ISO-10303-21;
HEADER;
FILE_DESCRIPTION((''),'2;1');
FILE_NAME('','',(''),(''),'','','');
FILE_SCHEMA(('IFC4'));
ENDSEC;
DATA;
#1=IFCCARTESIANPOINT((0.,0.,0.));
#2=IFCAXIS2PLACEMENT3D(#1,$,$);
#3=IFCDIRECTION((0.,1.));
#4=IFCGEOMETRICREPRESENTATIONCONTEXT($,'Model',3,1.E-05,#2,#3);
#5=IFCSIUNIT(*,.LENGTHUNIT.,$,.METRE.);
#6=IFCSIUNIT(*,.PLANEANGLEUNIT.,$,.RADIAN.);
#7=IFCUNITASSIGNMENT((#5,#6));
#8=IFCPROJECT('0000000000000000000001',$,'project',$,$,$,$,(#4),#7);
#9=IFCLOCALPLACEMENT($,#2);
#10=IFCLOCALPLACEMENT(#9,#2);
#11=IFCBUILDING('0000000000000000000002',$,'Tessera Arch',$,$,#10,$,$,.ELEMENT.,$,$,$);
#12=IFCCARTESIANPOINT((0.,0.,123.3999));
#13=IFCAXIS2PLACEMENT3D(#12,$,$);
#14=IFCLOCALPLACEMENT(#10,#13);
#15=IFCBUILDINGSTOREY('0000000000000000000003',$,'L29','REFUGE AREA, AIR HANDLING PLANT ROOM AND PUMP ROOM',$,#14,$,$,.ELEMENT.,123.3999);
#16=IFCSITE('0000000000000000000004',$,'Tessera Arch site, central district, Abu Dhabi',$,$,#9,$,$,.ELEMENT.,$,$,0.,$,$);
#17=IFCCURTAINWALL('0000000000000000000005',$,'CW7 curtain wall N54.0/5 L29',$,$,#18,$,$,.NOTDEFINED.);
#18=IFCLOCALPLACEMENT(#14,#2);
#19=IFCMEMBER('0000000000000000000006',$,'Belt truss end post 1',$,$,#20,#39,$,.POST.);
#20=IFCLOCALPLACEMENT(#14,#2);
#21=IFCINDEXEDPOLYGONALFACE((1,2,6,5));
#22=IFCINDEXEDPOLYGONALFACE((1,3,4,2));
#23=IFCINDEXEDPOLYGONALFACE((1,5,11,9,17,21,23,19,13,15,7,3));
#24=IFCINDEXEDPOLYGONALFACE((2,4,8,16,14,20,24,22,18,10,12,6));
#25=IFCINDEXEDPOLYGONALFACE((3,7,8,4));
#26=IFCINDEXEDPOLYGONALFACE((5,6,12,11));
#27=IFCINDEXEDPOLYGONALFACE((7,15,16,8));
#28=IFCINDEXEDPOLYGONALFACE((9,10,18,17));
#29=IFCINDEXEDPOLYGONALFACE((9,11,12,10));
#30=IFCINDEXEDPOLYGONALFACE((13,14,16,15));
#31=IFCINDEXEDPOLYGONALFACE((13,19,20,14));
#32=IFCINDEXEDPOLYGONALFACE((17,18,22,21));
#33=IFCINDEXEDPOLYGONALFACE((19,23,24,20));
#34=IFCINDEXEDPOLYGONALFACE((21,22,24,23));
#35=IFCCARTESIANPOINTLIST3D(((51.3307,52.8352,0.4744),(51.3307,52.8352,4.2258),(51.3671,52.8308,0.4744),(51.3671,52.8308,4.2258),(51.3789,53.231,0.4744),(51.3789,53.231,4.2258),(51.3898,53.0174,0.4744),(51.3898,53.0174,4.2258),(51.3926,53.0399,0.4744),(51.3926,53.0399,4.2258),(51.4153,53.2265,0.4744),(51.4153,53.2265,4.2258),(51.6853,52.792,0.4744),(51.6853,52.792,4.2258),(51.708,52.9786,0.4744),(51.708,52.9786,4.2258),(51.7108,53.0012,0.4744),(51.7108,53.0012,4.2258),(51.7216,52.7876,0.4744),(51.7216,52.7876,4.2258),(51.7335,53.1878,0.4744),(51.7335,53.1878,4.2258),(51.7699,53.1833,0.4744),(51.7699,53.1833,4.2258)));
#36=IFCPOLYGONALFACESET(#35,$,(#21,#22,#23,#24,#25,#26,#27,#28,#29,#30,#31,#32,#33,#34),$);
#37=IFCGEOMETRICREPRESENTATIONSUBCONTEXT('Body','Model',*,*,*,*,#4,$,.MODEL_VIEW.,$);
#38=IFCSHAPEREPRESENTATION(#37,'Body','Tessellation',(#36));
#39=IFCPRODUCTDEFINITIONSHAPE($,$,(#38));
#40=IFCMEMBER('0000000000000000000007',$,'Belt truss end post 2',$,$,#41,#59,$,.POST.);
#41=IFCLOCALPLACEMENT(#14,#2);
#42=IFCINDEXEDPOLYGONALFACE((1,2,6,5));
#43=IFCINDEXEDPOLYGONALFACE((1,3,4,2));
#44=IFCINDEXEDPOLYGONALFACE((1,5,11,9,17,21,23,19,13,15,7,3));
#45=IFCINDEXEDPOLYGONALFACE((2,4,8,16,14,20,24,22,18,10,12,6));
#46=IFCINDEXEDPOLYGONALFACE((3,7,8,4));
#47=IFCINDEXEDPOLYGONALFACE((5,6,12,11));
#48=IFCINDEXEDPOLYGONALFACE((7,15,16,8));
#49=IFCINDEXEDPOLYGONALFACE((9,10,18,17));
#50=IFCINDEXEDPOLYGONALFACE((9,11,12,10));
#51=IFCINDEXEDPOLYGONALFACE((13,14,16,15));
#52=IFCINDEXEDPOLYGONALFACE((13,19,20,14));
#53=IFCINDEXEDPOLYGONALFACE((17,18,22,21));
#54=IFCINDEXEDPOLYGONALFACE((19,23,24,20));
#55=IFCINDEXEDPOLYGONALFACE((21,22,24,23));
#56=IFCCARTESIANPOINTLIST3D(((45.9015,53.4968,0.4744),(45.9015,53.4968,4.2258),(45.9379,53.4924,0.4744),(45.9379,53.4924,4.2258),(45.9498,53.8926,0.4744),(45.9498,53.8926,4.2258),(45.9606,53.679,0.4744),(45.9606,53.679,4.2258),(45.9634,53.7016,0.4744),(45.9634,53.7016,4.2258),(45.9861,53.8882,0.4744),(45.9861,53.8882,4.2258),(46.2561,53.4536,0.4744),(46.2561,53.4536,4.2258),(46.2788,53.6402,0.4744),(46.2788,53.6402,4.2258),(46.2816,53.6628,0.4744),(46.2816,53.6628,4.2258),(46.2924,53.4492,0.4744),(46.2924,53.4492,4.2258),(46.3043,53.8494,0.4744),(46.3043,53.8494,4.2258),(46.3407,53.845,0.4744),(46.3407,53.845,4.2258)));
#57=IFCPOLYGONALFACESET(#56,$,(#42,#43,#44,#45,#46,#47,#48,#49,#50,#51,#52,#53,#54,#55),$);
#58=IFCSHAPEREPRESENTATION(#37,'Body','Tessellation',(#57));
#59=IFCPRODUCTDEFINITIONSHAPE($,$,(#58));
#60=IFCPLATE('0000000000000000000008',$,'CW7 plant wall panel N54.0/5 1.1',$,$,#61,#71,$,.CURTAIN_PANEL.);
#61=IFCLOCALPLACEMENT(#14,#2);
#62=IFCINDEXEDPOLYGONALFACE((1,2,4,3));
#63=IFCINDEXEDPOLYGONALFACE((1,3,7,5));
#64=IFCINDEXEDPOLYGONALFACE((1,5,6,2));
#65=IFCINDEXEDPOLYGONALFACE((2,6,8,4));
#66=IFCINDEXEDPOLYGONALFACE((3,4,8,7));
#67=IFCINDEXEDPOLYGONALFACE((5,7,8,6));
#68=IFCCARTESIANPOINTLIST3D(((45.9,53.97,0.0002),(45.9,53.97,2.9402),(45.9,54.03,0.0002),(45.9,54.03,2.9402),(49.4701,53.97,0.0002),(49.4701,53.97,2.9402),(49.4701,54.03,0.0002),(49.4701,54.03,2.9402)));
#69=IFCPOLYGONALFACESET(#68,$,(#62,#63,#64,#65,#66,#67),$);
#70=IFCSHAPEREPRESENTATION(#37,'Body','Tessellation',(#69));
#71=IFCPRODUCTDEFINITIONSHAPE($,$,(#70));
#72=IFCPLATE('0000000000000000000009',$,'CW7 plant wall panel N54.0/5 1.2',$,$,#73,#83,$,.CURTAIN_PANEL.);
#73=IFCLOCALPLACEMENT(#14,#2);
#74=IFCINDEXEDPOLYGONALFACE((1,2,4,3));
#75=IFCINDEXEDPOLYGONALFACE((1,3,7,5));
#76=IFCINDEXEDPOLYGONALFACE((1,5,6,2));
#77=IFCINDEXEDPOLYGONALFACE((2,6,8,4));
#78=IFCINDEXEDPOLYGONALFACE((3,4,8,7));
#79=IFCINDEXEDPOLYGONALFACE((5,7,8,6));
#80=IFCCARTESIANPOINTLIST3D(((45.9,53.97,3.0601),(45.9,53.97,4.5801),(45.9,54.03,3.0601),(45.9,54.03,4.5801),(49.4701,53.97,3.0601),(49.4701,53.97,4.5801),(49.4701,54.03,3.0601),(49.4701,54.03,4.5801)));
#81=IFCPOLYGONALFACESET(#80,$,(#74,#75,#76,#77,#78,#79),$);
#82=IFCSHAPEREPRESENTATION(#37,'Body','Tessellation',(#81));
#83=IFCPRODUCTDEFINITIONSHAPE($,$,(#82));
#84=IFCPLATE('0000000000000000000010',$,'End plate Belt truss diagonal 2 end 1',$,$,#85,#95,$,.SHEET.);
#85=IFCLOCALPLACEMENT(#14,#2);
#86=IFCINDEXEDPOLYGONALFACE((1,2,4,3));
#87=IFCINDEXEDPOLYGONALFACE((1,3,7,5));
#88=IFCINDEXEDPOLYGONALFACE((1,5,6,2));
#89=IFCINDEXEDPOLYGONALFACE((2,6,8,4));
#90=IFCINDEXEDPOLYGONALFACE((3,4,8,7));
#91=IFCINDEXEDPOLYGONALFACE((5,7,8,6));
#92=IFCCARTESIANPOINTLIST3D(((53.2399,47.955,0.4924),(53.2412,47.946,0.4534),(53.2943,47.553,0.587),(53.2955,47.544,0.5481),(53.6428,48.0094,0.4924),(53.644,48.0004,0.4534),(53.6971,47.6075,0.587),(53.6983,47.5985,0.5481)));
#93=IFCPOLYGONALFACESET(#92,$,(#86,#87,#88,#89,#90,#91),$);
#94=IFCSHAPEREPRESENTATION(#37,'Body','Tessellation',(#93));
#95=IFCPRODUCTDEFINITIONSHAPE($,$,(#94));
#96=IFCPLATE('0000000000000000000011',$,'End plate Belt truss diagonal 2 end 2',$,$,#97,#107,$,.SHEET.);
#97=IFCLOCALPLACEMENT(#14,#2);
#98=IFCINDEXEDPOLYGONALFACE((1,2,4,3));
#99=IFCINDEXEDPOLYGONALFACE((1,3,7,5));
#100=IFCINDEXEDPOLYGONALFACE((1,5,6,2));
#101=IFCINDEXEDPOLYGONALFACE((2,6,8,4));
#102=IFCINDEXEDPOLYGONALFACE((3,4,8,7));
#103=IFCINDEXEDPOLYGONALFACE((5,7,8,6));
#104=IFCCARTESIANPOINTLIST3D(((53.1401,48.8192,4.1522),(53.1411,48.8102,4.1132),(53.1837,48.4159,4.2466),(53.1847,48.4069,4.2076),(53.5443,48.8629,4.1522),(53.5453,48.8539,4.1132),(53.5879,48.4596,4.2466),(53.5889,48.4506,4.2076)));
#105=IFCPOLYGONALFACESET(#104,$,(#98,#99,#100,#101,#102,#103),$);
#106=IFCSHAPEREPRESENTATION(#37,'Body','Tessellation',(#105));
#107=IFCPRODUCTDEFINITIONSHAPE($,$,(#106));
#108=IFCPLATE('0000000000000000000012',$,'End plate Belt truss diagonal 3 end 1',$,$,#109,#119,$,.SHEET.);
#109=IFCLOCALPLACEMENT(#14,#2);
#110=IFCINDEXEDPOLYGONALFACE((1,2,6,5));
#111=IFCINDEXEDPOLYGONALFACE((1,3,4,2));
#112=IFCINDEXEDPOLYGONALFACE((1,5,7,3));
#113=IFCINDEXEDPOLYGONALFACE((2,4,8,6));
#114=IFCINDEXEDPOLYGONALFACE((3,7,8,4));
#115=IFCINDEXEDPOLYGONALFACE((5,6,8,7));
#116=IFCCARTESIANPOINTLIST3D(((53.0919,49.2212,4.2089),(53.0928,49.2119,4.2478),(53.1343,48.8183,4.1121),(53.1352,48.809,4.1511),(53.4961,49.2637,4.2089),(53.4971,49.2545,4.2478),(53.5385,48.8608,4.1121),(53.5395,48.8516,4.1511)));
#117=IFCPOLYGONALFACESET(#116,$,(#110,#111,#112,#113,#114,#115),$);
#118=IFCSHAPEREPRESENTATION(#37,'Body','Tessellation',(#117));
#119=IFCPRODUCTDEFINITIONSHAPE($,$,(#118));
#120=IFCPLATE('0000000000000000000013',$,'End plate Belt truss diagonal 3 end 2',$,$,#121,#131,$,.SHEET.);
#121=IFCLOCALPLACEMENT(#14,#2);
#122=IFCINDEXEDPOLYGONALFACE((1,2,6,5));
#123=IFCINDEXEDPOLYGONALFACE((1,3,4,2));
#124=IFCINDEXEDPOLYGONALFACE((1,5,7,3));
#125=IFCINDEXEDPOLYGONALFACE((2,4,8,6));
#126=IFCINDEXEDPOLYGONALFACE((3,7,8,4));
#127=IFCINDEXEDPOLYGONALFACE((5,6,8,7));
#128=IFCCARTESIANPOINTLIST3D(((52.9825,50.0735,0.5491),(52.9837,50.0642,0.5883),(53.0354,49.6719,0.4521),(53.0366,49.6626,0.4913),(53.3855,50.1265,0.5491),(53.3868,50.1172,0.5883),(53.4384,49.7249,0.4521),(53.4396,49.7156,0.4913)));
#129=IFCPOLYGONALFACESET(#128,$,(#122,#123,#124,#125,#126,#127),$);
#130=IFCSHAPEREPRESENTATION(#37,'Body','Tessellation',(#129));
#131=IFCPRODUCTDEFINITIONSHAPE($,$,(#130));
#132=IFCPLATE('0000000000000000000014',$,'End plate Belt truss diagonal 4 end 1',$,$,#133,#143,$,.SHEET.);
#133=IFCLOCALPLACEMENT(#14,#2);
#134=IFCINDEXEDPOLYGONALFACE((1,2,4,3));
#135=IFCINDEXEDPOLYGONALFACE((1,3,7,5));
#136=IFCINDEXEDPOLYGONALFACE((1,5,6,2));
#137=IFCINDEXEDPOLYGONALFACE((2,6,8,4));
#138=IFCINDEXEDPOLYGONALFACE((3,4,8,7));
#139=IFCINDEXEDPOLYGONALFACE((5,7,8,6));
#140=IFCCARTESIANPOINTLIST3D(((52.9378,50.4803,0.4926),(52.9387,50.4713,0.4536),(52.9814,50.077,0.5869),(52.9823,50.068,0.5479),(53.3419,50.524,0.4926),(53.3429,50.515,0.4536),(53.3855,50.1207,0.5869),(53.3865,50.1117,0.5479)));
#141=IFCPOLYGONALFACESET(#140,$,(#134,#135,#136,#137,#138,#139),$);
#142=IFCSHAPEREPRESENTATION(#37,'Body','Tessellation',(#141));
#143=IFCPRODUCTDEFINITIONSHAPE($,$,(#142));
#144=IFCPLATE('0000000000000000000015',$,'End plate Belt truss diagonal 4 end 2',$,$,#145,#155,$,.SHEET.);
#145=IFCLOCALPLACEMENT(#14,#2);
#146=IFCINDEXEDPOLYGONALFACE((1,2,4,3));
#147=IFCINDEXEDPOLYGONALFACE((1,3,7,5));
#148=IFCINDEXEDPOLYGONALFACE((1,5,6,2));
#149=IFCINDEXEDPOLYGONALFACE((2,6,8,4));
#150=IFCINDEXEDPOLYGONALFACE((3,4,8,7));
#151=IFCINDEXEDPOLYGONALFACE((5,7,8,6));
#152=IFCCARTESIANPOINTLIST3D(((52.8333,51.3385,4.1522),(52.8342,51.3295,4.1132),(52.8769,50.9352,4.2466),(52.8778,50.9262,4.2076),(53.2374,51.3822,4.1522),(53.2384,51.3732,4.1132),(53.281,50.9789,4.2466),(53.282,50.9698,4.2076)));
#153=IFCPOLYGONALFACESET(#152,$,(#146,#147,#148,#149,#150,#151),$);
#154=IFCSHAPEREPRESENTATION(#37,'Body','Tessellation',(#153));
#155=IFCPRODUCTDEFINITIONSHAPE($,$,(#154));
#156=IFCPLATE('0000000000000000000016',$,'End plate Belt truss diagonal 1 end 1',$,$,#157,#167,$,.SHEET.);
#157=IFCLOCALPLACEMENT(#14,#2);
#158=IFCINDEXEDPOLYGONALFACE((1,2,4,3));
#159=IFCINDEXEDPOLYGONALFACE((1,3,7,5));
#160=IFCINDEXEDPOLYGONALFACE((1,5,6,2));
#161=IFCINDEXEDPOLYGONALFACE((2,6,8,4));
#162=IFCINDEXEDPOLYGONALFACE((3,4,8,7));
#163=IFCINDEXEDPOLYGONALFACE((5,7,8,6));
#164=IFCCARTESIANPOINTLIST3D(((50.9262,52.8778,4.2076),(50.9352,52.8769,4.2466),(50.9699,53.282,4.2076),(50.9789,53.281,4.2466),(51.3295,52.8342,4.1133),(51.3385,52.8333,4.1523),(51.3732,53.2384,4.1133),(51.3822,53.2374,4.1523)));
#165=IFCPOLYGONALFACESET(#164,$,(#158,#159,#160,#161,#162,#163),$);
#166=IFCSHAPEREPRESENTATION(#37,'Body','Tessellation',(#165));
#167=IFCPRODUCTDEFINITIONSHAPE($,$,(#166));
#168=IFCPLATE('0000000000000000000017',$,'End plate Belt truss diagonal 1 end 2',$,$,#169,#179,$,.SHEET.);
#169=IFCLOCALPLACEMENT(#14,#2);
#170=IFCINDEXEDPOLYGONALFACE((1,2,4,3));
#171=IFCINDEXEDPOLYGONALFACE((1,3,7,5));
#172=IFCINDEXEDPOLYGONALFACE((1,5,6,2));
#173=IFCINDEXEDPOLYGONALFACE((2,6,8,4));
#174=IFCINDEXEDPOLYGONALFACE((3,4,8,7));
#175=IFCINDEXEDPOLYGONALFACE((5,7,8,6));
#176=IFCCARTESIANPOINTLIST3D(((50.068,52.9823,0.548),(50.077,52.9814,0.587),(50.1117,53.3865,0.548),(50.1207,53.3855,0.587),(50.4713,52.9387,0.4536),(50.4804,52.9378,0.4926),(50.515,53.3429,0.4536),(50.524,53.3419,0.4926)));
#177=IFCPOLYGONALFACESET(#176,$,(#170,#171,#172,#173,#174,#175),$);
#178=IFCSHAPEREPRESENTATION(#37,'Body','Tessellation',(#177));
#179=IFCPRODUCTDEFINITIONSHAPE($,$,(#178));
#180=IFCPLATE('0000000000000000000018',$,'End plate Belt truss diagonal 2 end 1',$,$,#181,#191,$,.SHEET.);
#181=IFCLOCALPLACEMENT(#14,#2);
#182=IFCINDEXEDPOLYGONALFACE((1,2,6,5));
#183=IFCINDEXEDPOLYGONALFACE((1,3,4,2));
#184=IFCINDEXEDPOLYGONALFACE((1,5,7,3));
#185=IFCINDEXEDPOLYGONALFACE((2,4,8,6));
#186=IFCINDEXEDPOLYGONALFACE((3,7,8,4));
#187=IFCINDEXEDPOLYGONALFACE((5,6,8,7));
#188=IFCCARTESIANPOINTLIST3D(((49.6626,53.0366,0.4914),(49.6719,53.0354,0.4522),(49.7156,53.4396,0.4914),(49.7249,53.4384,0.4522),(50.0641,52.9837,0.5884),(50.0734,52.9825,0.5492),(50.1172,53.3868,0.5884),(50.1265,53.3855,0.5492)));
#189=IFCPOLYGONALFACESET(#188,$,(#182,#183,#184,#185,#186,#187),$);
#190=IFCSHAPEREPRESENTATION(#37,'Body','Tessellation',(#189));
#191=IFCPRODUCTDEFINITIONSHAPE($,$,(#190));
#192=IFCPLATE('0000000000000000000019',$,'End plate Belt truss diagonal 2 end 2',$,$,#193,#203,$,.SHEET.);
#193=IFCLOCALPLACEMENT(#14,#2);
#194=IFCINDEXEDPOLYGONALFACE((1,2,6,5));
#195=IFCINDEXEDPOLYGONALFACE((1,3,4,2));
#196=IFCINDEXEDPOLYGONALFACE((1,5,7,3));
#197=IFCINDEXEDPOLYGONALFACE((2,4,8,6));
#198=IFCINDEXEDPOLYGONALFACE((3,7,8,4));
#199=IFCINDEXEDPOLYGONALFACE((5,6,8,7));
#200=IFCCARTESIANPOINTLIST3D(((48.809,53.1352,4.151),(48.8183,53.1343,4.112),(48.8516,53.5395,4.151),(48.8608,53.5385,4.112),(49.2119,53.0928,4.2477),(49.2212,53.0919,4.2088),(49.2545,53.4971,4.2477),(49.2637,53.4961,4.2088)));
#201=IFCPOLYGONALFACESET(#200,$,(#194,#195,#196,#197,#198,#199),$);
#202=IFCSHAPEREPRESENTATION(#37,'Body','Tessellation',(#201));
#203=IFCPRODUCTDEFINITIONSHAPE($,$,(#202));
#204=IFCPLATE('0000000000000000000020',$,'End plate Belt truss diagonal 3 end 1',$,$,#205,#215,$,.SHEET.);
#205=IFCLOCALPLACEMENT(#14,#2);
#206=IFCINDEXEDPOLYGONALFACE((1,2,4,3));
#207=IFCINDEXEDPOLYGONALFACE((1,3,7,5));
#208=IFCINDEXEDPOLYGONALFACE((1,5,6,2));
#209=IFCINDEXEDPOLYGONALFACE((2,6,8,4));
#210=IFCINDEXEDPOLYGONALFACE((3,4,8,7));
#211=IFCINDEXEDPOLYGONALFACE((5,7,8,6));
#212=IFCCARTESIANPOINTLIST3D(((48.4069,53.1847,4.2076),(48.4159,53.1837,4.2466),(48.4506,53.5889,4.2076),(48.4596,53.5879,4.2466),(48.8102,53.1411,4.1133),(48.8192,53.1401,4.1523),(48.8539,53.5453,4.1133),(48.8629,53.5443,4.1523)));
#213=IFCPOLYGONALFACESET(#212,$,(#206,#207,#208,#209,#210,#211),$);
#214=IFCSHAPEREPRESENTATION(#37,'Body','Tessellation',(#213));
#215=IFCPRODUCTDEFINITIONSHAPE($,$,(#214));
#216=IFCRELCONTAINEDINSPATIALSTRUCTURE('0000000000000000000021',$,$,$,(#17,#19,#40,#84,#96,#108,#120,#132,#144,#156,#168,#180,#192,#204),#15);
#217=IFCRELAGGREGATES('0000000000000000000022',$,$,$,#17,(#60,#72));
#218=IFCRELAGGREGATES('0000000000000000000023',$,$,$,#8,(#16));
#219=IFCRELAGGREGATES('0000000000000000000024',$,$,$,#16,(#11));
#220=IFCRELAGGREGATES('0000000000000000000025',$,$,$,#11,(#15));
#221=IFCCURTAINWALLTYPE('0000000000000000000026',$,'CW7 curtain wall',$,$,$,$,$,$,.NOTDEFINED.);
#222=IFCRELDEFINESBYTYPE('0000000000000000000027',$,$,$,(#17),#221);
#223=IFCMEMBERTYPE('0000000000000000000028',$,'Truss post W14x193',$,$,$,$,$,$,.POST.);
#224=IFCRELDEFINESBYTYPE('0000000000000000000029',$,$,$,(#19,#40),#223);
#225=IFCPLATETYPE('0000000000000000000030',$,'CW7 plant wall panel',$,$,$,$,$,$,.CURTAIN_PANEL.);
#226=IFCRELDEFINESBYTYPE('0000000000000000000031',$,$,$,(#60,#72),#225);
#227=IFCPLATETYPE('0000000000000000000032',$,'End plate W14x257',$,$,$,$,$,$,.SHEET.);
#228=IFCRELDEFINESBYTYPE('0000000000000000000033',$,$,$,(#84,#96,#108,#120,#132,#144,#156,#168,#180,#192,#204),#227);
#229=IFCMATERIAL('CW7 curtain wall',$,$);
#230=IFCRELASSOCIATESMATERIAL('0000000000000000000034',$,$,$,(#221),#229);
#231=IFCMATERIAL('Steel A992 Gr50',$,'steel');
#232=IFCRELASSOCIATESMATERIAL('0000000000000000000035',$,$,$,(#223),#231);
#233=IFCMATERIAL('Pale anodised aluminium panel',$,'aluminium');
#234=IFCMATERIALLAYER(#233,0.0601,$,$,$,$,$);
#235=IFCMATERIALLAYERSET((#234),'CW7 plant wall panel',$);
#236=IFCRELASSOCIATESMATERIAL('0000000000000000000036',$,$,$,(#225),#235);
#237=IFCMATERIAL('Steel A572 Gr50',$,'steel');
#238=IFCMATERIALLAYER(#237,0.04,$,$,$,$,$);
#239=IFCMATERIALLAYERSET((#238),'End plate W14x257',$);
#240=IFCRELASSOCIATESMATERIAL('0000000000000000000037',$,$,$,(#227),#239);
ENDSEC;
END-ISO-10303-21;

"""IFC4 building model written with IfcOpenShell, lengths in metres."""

from ifc_helpers import new_model, si_unit, direction, frame, origin, origin_2d, place, context, subcontext, project, spatial, rectangle, i_section, extrude, material, layer, layer_set, material_profile, profile_set, type_object, element, aggregate, save


model = new_model("IFC4")

# Units and contexts
model_context = context("Model", 3, precision=1e-05, world=origin(), true_north=direction((0.0, 1.0)))
body_context = subcontext(model_context, "Body", "Model", "MODEL_VIEW")
ifc_project = project(units=[si_unit("LENGTHUNIT", "METRE"), si_unit("PLANEANGLEUNIT", "RADIAN")], contexts=[model_context])

# Site, building, storey
site_placement = place(None, origin())
site = spatial("IfcSite", under=ifc_project, at=site_placement, Name="Tessera Arch site, central district, Abu Dhabi", CompositionType="ELEMENT", RefElevation=0.0)
building_placement = place(site_placement, origin())
building = spatial("IfcBuilding", under=site, at=building_placement, Name="Tessera Arch", CompositionType="ELEMENT")
storey_placement = place(building_placement, frame((0.0, 0.0, 123.3999)))
storey = spatial("IfcBuildingStorey", under=building, at=storey_placement, Name="L29", Description="REFUGE AREA, AIR HANDLING PLANT ROOM AND PUMP ROOM", CompositionType="ELEMENT", Elevation=123.3999)

# Curtain wall
ifc_material_1 = material(Name="CW7 curtain wall")
curtain_wall_type = type_object("IfcCurtainWallType", Name="CW7 curtain wall", PredefinedType="NOTDEFINED", material=ifc_material_1)
curtain_wall_1_placement = place(storey_placement, origin())
curtain_wall_1 = element("IfcCurtainWall", 1, at=curtain_wall_1_placement, inside=storey, type_object=curtain_wall_type, Name="CW7 curtain wall N54.0/5 L29", PredefinedType="NOTDEFINED")

# Members
ifc_material_2 = material(Name="Steel A992 Gr50", Category="steel")
ifc_material_profile_1 = material_profile(ifc_material_2, i_section(OverallWidth=0.3987, OverallDepth=0.3938, WebThickness=0.0227, FlangeThickness=0.0366, at=origin_2d()), Name="W14x193")
ifc_profile_set_1 = profile_set([ifc_material_profile_1], Name="Steel A992 Gr50")
member_type_1 = type_object("IfcMemberType", Name="Truss post W14x193", PredefinedType="POST", material=ifc_profile_set_1)
for number, where, z_axis, x_axis, name in (
    (2, (51.5503, 53.0093, 0.4744), (0.0, 0.0, 1.0), (0.120952, 0.992658, 0.0), "Belt truss end post 1"),
    (3, (46.1211, 53.6709, 0.4744), (0.0, 0.0, 1.0), (0.120952, 0.992658, 0.0), "Belt truss end post 2"),
):
    element("IfcMember", number, at=place(storey_placement, frame(where, z_axis=z_axis, x_axis=x_axis)), inside=storey, type_object=member_type_1, Name=name, PredefinedType="POST", context=body_context, shape_type="SweptSolid", body=[
        extrude(i_section(OverallWidth=0.3987, OverallDepth=0.3938, WebThickness=0.0227, FlangeThickness=0.0366, at=origin_2d()), origin(), (0.0, 0.0, 1.0), 3.7515),
    ])

# Plates
ifc_material_3 = material(Name="Pale anodised aluminium panel", Category="aluminium")
ifc_layer_1 = layer(ifc_material_3, 0.0601)
ifc_layer_set_1 = layer_set([ifc_layer_1], Name="CW7 plant wall panel")
plate_type_1 = type_object("IfcPlateType", Name="CW7 plant wall panel", PredefinedType="CURTAIN_PANEL", material=ifc_layer_set_1)
plate_1_placement = place(storey_placement, frame((47.6851, 54.0, 0.0002), z_axis=(0.0, 0.0, 1.0), x_axis=(-1.0, 0.0, 0.0)))
plate_1 = element("IfcPlate", 4, at=plate_1_placement, type_object=plate_type_1, Name="CW7 plant wall panel N54.0/5 1.1", PredefinedType="CURTAIN_PANEL", context=body_context, shape_type="SweptSolid", body=[
    extrude(rectangle(XDim=3.5701, YDim=0.0601, at=origin_2d()), origin(), (0.0, 0.0, 1.0), 2.9399),
])
plate_2_placement = place(storey_placement, frame((47.6851, 54.0, 3.0601), z_axis=(0.0, 0.0, 1.0), x_axis=(-1.0, 0.0, 0.0)))
plate_2 = element("IfcPlate", 5, at=plate_2_placement, type_object=plate_type_1, Name="CW7 plant wall panel N54.0/5 1.2", PredefinedType="CURTAIN_PANEL", context=body_context, shape_type="SweptSolid", body=[
    extrude(rectangle(XDim=3.5701, YDim=0.0601, at=origin_2d()), origin(), (0.0, 0.0, 1.0), 1.52),
])
aggregate(curtain_wall_1, [plate_1, plate_2])

# Plates
ifc_material_4 = material(Name="Steel A572 Gr50", Category="steel")
ifc_layer_2 = layer(ifc_material_4, 0.04)
ifc_layer_set_2 = layer_set([ifc_layer_2], Name="End plate W14x257")
plate_type_2 = type_object("IfcPlateType", Name="End plate W14x257", PredefinedType="SHEET", material=ifc_layer_set_2)
for number, where, z_axis, x_axis, name in (
    (6, (53.4697, 47.7722, 0.5007), (-0.030432, 0.2252, 0.973837), (-0.990992, -0.133918, 0.0), "End plate Belt truss diagonal 2 end 1"),
    (7, (53.365, 48.6304, 4.1604), (-0.02435, 0.225237, 0.974), (-0.994207, -0.107482, 0.0), "End plate Belt truss diagonal 2 end 2"),
    (8, (53.3162, 49.0317, 4.1995), (-0.024316, 0.231004, -0.972649), (-0.994505, -0.104685, 0.0), "End plate Belt truss diagonal 3 end 1"),
):
    element("IfcPlate", number, at=place(storey_placement, frame(where, z_axis=z_axis, x_axis=x_axis)), inside=storey, type_object=plate_type_2, Name=name, PredefinedType="SHEET", context=body_context, shape_type="SweptSolid", body=[
        extrude(rectangle(XDim=0.4065, YDim=0.4165, at=origin_2d()), origin(), (0.0, 0.0, 1.0), 0.04),
    ])
plate_3_placement = place(storey_placement, frame((53.2117, 49.8899, 0.5398), z_axis=(-0.03039, 0.230966, -0.972487), x_axis=(-0.991454, -0.130455, 0.0)))
element("IfcPlate", 9, at=plate_3_placement, inside=storey, type_object=plate_type_2, Name="End plate Belt truss diagonal 3 end 2", PredefinedType="SHEET", context=body_context, shape_type="SweptSolid", body=[
    extrude(rectangle(XDim=0.4065, YDim=0.4165, at=origin_2d()), origin(), (0.0, 0.0, 1.0), 0.0403),
])
for number, where, z_axis, x_axis, name in (
    (10, (53.1626, 50.2915, 0.5007), (-0.02435, 0.225237, 0.974), (-0.994207, -0.107482, 0.0), "End plate Belt truss diagonal 4 end 1"),
    (11, (53.0581, 51.1497, 4.1604), (-0.02435, 0.225237, 0.974), (-0.994207, -0.107482, 0.0), "End plate Belt truss diagonal 4 end 2"),
    (12, (51.1587, 53.0571, 4.1995), (-0.225237, 0.02435, -0.974), (-0.107482, -0.994207, 0.0), "End plate Belt truss diagonal 1 end 1"),
    (13, (50.3005, 53.1616, 0.5398), (-0.225237, 0.02435, -0.974), (-0.107482, -0.994207, 0.0), "End plate Belt truss diagonal 1 end 2"),
):
    element("IfcPlate", number, at=place(storey_placement, frame(where, z_axis=z_axis, x_axis=x_axis)), inside=storey, type_object=plate_type_2, Name=name, PredefinedType="SHEET", context=body_context, shape_type="SweptSolid", body=[
        extrude(rectangle(XDim=0.4065, YDim=0.4165, at=origin_2d()), origin(), (0.0, 0.0, 1.0), 0.04),
    ])
plate_4_placement = place(storey_placement, frame((49.8992, 53.2104, 0.5007), z_axis=(-0.230966, 0.03039, 0.972487), x_axis=(-0.130455, -0.991454, 0.0)))
element("IfcPlate", 14, at=plate_4_placement, inside=storey, type_object=plate_type_2, Name="End plate Belt truss diagonal 2 end 1", PredefinedType="SHEET", context=body_context, shape_type="SweptSolid", body=[
    extrude(rectangle(XDim=0.4065, YDim=0.4165, at=origin_2d()), origin(), (0.0, 0.0, 1.0), 0.0403),
])
for number, where, z_axis, x_axis, name in (
    (15, (49.041, 53.3152, 4.1604), (-0.231004, 0.024316, 0.972649), (-0.104685, -0.994505, 0.0), "End plate Belt truss diagonal 2 end 2"),
    (16, (48.6394, 53.364, 4.1995), (-0.225237, 0.02435, -0.974), (-0.107482, -0.994207, 0.0), "End plate Belt truss diagonal 3 end 1"),
):
    element("IfcPlate", number, at=place(storey_placement, frame(where, z_axis=z_axis, x_axis=x_axis)), inside=storey, type_object=plate_type_2, Name=name, PredefinedType="SHEET", context=body_context, shape_type="SweptSolid", body=[
        extrude(rectangle(XDim=0.4065, YDim=0.4165, at=origin_2d()), origin(), (0.0, 0.0, 1.0), 0.04),
    ])

save(model, "model.ifc")
